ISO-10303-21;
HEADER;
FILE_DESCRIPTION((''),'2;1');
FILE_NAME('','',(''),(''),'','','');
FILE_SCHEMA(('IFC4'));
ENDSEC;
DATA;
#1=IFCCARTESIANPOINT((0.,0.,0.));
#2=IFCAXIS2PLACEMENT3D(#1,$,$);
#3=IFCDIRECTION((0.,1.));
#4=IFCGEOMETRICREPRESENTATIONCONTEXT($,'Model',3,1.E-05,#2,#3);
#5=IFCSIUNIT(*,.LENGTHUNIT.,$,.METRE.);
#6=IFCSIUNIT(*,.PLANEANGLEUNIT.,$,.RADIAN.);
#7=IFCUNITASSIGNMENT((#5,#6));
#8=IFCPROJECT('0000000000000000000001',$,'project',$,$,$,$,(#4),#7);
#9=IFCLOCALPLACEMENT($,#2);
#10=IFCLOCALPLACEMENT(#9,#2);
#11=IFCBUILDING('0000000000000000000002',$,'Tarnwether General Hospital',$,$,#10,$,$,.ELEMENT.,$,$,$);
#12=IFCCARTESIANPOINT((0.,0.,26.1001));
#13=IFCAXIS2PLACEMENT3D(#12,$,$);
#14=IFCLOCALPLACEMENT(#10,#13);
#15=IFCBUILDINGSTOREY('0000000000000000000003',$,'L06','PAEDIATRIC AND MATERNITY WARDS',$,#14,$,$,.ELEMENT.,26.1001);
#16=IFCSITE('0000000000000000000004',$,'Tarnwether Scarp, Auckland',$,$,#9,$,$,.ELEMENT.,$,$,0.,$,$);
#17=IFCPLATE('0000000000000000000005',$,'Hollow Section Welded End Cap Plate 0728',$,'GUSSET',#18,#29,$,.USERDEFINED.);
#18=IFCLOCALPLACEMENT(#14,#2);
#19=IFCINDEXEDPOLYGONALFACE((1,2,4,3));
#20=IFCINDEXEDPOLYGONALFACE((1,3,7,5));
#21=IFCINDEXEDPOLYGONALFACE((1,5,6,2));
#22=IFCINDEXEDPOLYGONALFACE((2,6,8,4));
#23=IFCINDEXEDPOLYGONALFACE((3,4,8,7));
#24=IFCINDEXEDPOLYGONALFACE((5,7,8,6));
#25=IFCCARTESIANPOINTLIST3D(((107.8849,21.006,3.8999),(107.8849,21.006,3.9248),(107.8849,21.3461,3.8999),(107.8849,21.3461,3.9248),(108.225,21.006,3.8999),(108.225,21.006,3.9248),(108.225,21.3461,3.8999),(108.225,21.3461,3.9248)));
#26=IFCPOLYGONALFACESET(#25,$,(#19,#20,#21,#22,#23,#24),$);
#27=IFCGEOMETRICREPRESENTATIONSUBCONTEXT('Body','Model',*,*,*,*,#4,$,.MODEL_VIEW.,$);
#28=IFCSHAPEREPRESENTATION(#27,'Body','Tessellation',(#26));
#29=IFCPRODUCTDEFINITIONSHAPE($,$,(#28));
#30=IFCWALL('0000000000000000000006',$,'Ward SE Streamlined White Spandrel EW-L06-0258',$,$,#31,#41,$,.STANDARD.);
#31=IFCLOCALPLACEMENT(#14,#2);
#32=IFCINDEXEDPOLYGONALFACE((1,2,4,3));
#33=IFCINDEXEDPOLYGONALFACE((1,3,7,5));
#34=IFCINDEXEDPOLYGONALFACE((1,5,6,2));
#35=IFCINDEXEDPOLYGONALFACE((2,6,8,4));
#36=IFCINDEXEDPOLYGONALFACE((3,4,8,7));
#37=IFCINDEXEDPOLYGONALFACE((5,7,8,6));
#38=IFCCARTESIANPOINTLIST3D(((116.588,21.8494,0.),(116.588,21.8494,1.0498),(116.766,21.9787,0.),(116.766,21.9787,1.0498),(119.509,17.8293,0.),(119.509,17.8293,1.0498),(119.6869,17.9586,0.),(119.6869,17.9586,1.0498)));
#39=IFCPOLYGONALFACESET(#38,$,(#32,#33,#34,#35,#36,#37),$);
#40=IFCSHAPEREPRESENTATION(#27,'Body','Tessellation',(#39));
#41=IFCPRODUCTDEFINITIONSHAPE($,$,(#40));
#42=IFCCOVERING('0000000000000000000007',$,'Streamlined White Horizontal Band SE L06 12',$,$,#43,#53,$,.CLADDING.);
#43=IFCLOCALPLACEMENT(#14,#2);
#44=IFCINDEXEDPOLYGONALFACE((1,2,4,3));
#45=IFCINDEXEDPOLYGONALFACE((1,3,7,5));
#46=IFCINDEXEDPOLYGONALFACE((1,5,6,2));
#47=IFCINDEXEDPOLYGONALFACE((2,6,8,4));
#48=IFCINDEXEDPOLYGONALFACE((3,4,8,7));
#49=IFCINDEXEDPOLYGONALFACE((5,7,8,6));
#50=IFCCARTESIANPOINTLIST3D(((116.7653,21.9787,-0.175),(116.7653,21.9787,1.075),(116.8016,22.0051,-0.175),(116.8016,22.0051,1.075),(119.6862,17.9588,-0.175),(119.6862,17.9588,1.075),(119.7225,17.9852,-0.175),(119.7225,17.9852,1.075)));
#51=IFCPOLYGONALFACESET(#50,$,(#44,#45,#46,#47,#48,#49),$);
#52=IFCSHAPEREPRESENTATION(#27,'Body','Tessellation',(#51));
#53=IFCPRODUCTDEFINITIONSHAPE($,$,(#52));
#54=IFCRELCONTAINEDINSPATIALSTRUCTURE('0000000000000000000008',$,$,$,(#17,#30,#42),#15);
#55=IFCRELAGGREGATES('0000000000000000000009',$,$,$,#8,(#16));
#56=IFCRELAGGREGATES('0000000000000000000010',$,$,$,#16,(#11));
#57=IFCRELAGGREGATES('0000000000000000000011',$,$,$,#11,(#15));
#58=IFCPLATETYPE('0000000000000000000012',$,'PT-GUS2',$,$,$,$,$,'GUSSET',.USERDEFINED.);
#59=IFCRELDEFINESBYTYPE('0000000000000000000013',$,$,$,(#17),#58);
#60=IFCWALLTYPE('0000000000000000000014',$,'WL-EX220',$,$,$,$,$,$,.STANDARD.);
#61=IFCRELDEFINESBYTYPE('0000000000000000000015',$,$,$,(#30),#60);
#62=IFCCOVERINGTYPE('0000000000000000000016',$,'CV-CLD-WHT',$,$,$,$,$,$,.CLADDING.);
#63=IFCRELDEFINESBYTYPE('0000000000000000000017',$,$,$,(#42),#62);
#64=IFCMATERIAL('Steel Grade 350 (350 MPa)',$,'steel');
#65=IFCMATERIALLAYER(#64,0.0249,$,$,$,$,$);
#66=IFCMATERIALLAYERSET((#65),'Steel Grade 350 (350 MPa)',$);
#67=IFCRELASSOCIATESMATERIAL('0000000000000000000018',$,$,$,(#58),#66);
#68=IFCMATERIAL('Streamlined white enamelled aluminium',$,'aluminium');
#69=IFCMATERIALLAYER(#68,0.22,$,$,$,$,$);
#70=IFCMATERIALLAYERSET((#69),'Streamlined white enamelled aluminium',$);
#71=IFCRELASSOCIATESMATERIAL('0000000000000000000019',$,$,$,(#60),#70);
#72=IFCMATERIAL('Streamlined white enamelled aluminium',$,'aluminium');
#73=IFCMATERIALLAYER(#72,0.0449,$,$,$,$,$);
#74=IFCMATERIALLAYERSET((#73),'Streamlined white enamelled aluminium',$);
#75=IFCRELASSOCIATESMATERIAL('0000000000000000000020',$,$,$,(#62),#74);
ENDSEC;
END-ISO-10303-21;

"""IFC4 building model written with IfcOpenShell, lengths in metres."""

from ifc_helpers import new_model, si_unit, direction, frame, frame_2d, origin, origin_2d, place, context, subcontext, project, spatial, rectangle, extrude, material, layer, layer_set, type_object, element, save


model = new_model("IFC4")

# Units and contexts
model_context = context("Model", 3, precision=1e-05, world=origin(), true_north=direction((0.0, 1.0)))
body_context = subcontext(model_context, "Body", "Model", "MODEL_VIEW")
ifc_project = project(units=[si_unit("LENGTHUNIT", "METRE"), si_unit("PLANEANGLEUNIT", "RADIAN")], contexts=[model_context])

# Site, building, storey
site_placement = place(None, origin())
site = spatial("IfcSite", under=ifc_project, at=site_placement, Name="Tarnwether Scarp, Auckland", CompositionType="ELEMENT", RefElevation=0.0)
building_placement = place(site_placement, origin())
building = spatial("IfcBuilding", under=site, at=building_placement, Name="Tarnwether General Hospital", CompositionType="ELEMENT")
storey_placement = place(building_placement, frame((0.0, 0.0, 26.1001)))
storey = spatial("IfcBuildingStorey", under=building, at=storey_placement, Name="L06", Description="PAEDIATRIC AND MATERNITY WARDS", CompositionType="ELEMENT", Elevation=26.1001)

# Plate
ifc_material_1 = material(Name="Steel Grade 350 (350 MPa)", Category="steel")
ifc_layer_1 = layer(ifc_material_1, 0.0249)
ifc_layer_set_1 = layer_set([ifc_layer_1], Name="Steel Grade 350 (350 MPa)")
plate_type_1 = type_object("IfcPlateType", Name="PT-GUS2", ElementType="GUSSET", PredefinedType="USERDEFINED", material=ifc_layer_set_1)
for number, where, z_axis, x_axis, name in (
    (1, (108.0549, 21.176, 3.8999), (0.0, 0.0, 1.0), (1.0, 0.0, 0.0), "Hollow Section Welded End Cap Plate 0728"),
):
    element("IfcPlate", number, at=place(storey_placement, frame(where, z_axis=z_axis, x_axis=x_axis)), inside=storey, type_object=plate_type_1, Name=name, ObjectType="GUSSET", PredefinedType="USERDEFINED", context=body_context, shape_type="SweptSolid", body=[
        extrude(rectangle(XDim=0.3401, YDim=0.3401, at=origin_2d()), origin(), (0.0, 0.0, 1.0), 0.0249),
    ])

# Wall
ifc_material_2 = material(Name="Streamlined white enamelled aluminium", Category="aluminium")
ifc_layer_2 = layer(ifc_material_2, 0.22)
ifc_layer_set_2 = layer_set([ifc_layer_2], Name="Streamlined white enamelled aluminium")
wall_type = type_object("IfcWallType", Name="WL-EX220", PredefinedType="STANDARD", material=ifc_layer_set_2)
wall_placement = place(storey_placement, frame((116.677, 21.9141, 0.0), z_axis=(0.0, 0.0, 1.0), x_axis=(0.587809, -0.808999, 0.0)))
element("IfcWall", 2, at=wall_placement, inside=storey, type_object=wall_type, Name="Ward SE Streamlined White Spandrel EW-L06-0258", PredefinedType="STANDARD", context=body_context, shape_type="SweptSolid", body=[
    extrude(rectangle(XDim=4.9692, YDim=0.22, at=frame_2d((2.4846, 0.0))), origin(), (0.0, 0.0, 1.0), 1.0498),
])

# Covering
ifc_material_3 = material(Name="Streamlined white enamelled aluminium", Category="aluminium")
ifc_layer_3 = layer(ifc_material_3, 0.0449)
ifc_layer_set_3 = layer_set([ifc_layer_3], Name="Streamlined white enamelled aluminium")
covering_type = type_object("IfcCoveringType", Name="CV-CLD-WHT", PredefinedType="CLADDING", material=ifc_layer_set_3)
covering_placement = place(storey_placement, frame((118.2439, 19.9819, -0.175), z_axis=(0.0, 0.0, 1.0), x_axis=(0.587828, -0.808986, 0.0)))
element("IfcCovering", 3, at=covering_placement, inside=storey, type_object=covering_type, Name="Streamlined White Horizontal Band SE L06 12", PredefinedType="CLADDING", context=body_context, shape_type="SweptSolid", body=[
    extrude(rectangle(XDim=4.969, YDim=0.0449, at=origin_2d()), origin(), (0.0, 0.0, 1.0), 1.25),
])

save(model, "model.ifc")
